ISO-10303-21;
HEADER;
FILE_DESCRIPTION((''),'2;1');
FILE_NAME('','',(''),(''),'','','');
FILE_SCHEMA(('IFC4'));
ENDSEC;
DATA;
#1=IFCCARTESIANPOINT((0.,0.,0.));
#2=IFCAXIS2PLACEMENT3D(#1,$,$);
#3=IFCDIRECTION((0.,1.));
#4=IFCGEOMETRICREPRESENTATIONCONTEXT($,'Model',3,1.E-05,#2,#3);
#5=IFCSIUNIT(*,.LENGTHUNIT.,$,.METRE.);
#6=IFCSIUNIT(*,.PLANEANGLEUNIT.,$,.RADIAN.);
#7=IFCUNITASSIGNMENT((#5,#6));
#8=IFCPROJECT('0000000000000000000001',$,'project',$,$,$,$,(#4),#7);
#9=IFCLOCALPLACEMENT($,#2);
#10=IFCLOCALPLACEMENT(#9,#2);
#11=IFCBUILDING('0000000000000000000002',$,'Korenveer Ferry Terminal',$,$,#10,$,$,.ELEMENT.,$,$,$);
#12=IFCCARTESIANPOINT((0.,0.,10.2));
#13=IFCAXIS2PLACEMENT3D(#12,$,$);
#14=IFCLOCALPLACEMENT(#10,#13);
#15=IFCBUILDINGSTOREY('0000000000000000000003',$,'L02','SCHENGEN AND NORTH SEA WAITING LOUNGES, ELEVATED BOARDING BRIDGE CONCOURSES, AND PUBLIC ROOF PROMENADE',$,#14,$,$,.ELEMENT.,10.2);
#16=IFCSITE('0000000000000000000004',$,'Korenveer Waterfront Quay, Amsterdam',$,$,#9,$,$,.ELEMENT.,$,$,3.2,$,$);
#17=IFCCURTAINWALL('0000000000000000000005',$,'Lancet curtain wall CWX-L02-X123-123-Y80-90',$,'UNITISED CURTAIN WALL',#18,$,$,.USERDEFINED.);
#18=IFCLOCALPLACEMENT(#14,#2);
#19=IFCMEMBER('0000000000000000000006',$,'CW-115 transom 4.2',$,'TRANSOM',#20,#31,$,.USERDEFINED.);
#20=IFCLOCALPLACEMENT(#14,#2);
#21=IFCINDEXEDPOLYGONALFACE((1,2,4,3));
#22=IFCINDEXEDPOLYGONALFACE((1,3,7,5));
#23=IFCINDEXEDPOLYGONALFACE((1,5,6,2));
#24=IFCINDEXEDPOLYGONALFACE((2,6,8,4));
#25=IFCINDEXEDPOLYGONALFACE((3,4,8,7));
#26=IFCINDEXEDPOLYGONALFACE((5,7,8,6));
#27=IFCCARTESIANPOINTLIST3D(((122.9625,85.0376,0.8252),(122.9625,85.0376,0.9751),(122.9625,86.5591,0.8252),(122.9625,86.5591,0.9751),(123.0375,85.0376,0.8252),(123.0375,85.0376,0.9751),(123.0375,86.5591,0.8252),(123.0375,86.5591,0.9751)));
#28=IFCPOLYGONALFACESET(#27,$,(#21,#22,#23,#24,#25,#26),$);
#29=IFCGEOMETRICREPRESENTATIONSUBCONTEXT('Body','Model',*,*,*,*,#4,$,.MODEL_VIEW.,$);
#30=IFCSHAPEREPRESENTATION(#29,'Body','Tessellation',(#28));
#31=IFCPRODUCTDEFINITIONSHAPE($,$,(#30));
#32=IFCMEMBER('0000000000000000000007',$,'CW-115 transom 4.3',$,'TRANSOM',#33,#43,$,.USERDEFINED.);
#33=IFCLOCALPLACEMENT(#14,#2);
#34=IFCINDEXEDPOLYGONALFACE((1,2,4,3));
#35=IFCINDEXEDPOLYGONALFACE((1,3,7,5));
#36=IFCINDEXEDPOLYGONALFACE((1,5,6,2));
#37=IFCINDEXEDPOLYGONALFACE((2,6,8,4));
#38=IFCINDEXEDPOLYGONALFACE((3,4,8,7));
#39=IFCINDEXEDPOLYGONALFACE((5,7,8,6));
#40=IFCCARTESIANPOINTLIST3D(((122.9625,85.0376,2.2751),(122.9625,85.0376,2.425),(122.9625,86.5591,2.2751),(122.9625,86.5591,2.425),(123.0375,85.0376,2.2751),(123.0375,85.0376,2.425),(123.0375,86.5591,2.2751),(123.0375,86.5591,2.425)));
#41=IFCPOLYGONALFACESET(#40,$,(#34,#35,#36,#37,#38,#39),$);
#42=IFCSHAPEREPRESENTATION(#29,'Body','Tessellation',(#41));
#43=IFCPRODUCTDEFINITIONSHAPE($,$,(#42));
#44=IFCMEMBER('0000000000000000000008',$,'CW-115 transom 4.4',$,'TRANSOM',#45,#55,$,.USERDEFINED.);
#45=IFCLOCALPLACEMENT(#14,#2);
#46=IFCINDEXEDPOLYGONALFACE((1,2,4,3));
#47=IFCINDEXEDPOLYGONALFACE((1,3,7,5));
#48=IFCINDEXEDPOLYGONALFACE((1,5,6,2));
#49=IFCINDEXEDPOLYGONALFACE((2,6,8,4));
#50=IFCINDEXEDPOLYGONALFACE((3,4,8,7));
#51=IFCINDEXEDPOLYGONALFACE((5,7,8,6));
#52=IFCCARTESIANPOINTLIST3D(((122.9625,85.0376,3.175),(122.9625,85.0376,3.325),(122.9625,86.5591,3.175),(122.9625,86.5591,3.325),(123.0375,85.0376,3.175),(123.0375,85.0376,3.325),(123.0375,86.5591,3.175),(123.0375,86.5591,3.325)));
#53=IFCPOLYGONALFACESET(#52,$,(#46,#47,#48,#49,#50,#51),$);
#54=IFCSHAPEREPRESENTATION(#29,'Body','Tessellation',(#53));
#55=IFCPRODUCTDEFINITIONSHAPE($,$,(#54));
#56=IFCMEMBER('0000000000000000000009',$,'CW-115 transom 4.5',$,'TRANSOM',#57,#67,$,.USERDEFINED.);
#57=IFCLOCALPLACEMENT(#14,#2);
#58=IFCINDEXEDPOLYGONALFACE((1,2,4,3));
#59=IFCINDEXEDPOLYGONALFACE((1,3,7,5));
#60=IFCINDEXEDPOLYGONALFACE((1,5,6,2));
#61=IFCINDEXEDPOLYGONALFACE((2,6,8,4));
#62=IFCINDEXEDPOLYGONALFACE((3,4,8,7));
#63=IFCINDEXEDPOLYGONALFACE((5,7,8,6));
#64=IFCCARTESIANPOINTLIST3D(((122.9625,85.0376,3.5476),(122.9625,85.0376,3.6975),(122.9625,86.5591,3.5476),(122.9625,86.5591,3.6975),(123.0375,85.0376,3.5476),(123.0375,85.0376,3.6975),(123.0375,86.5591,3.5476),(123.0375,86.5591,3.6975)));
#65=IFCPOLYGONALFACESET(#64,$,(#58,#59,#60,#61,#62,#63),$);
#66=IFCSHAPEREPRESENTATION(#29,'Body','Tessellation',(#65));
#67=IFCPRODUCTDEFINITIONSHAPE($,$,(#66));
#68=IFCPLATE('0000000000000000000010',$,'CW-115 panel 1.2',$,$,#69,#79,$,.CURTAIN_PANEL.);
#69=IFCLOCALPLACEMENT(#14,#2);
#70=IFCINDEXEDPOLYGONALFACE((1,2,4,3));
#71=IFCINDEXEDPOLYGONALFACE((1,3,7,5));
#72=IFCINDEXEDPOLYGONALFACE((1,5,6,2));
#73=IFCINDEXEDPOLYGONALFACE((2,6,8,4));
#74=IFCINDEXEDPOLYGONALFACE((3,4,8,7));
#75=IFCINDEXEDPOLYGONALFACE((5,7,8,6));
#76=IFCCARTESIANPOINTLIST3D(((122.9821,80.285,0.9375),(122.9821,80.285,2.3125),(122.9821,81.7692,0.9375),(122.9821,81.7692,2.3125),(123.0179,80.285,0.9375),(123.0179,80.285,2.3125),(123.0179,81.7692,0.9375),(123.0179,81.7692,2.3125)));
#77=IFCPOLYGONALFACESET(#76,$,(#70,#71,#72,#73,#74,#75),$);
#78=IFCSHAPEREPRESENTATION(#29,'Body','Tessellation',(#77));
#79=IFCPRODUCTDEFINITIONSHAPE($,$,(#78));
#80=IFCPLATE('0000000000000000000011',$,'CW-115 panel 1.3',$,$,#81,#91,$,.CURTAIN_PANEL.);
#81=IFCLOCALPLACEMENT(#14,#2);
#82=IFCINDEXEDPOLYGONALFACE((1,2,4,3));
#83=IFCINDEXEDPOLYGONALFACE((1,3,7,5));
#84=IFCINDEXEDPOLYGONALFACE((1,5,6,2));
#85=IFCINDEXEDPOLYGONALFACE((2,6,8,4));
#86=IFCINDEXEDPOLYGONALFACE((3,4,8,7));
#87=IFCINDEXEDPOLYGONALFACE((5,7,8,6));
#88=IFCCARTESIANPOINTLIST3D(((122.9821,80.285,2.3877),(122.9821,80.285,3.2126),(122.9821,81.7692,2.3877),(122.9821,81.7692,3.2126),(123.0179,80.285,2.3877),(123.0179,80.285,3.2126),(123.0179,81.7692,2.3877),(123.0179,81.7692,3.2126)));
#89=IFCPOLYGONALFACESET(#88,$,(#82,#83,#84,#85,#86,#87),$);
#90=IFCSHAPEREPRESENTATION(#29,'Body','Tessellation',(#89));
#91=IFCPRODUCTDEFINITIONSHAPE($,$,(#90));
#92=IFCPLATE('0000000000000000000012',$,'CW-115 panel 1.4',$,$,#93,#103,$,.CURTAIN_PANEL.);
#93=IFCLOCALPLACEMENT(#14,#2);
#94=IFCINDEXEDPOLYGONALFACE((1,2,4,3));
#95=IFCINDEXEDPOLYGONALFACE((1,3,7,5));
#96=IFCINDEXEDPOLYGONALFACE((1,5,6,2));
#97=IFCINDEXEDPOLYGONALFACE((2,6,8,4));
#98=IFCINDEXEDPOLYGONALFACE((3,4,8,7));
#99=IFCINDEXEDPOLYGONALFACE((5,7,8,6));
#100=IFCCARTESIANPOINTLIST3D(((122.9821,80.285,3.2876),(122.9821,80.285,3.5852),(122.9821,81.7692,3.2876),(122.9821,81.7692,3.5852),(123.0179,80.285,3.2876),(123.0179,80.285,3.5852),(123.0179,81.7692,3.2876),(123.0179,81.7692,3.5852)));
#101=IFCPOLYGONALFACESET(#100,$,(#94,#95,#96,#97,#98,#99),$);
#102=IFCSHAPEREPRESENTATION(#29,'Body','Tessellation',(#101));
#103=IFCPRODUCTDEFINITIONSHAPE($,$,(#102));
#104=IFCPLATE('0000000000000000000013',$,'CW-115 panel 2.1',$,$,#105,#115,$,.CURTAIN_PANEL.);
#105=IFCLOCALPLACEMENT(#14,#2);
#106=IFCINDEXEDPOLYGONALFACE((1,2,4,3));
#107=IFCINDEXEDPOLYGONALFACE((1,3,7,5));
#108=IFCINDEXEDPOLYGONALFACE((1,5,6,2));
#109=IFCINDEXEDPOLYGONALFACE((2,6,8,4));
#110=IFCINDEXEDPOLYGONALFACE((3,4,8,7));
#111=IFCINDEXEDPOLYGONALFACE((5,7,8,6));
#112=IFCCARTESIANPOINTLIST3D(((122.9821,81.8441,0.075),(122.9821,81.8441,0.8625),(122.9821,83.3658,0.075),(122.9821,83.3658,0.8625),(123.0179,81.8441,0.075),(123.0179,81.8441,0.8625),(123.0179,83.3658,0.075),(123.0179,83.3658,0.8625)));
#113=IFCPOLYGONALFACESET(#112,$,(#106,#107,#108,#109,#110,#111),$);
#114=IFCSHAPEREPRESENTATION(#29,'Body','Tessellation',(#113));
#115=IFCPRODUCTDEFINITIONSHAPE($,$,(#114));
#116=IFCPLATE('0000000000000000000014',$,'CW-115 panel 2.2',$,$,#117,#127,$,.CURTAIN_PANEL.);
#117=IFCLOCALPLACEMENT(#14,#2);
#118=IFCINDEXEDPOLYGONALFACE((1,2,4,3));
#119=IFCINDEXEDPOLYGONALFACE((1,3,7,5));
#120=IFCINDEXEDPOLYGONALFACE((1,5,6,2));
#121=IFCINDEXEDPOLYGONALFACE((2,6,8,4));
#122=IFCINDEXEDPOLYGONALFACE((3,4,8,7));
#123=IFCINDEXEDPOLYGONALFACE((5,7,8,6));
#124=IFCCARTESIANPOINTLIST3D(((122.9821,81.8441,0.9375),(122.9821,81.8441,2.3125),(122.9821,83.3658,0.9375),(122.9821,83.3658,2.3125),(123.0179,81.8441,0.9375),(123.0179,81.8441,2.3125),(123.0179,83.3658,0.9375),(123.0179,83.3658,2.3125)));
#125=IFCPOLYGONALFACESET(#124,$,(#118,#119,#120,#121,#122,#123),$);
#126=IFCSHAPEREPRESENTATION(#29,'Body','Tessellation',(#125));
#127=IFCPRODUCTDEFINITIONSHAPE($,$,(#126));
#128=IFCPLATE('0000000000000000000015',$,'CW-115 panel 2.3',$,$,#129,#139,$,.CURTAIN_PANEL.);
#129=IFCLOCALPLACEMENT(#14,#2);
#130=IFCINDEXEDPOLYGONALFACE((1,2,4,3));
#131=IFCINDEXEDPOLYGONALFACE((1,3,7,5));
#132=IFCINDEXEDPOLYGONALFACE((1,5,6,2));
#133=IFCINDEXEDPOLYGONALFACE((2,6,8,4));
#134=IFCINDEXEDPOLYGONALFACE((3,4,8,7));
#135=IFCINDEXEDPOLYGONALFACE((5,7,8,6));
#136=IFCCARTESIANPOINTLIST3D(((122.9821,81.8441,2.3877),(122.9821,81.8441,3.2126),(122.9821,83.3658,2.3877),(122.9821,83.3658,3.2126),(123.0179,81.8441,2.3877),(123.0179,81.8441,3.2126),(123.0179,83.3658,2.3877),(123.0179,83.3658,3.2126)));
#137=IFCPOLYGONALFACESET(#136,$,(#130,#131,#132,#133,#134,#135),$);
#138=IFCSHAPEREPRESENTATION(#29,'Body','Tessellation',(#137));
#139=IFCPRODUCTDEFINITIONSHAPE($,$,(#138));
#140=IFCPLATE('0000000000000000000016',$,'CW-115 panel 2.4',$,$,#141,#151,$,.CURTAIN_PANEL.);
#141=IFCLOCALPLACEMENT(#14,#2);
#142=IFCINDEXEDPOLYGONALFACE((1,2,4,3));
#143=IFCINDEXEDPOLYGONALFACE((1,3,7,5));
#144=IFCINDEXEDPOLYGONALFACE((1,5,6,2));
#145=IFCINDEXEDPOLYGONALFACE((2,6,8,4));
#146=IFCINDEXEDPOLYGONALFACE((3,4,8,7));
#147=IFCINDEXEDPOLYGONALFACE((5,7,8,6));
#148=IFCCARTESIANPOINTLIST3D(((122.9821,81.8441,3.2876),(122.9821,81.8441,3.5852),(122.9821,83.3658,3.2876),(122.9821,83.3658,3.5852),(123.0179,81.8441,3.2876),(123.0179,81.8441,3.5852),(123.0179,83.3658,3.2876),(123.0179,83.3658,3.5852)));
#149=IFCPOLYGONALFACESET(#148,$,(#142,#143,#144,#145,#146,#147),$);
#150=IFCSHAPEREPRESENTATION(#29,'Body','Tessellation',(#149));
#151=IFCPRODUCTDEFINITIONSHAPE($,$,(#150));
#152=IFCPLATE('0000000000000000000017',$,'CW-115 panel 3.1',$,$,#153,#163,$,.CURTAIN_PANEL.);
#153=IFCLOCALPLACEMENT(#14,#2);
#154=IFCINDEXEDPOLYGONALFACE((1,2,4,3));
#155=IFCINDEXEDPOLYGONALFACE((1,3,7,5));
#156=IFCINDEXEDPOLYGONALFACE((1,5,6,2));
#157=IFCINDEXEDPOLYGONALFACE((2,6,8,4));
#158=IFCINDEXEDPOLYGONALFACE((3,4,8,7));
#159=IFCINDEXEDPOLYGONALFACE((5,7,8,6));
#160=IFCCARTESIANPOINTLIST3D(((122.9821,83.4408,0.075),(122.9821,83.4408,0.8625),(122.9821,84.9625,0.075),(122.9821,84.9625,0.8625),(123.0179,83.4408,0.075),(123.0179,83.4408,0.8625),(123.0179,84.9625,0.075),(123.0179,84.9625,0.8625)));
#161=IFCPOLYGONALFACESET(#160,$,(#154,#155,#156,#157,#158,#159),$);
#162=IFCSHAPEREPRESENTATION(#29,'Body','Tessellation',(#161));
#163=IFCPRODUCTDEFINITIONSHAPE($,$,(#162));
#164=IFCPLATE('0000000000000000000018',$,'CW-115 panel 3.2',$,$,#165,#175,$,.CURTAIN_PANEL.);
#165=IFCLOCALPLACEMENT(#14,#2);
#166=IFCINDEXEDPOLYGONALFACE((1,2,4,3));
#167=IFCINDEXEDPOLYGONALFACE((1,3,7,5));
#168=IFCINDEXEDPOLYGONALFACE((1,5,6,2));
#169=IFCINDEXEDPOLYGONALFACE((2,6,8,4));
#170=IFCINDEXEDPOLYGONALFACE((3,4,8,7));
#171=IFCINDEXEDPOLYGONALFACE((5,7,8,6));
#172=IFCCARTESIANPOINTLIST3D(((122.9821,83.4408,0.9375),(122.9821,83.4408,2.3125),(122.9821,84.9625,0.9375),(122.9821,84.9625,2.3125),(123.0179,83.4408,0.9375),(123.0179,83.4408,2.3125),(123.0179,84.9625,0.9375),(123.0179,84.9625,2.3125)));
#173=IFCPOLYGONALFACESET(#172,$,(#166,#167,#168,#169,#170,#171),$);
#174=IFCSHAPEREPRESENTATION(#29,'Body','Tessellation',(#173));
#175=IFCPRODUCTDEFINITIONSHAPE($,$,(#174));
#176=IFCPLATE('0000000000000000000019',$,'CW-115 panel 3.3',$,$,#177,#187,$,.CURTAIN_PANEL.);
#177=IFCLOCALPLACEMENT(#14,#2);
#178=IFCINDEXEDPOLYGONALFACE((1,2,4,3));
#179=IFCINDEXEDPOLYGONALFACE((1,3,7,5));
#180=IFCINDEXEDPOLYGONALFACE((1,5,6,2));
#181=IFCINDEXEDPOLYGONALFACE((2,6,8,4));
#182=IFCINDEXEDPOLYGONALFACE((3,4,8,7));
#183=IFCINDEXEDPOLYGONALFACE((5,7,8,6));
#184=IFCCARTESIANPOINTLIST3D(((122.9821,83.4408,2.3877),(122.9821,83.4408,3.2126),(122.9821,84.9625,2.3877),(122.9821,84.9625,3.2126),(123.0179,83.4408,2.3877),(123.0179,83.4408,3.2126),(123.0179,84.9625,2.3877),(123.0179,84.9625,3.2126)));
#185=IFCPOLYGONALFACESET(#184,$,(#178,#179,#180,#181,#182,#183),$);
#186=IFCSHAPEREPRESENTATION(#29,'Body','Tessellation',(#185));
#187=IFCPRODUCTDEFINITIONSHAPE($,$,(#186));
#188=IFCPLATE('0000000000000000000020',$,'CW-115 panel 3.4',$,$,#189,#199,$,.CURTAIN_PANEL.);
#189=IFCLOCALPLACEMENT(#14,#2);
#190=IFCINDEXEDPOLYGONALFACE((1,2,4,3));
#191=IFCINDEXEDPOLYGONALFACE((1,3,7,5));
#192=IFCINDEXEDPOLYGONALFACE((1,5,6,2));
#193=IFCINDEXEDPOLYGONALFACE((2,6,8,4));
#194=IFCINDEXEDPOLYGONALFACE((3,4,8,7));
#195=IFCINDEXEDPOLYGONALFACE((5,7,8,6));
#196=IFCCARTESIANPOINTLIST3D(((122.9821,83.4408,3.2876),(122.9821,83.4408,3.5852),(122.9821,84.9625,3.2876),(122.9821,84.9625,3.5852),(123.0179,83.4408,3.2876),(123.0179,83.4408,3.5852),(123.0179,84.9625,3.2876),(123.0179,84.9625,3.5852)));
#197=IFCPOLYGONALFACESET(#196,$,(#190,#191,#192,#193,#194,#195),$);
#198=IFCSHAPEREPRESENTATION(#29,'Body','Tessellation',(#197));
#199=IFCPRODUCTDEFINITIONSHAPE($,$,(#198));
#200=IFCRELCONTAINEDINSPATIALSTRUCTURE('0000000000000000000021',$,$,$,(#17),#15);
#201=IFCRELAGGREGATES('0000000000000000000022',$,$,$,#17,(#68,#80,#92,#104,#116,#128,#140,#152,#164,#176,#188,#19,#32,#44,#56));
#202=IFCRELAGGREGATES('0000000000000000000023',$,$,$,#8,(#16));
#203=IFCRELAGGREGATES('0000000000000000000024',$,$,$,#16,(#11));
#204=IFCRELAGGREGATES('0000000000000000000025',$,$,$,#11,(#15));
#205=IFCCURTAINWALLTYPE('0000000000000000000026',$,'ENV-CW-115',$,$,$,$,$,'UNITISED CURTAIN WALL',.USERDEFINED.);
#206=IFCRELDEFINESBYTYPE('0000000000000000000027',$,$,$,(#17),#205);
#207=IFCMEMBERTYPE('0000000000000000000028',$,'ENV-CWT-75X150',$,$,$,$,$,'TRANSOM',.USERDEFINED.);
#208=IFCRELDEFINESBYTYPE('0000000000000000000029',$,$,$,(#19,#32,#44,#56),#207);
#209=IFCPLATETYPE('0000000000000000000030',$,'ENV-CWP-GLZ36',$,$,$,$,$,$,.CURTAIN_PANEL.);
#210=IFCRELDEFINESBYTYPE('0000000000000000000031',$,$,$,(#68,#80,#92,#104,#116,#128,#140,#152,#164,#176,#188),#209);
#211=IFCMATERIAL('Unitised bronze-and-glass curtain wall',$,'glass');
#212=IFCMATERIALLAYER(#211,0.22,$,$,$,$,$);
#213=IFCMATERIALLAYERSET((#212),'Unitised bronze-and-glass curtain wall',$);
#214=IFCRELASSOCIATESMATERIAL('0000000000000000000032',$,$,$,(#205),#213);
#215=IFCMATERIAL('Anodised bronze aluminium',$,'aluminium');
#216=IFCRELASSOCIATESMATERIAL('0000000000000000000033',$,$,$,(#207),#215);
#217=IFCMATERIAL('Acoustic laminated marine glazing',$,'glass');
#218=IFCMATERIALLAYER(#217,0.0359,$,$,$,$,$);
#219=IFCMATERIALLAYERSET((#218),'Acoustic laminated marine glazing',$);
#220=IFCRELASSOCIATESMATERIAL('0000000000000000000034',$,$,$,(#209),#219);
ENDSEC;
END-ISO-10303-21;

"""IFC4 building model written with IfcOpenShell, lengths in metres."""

from ifc_helpers import new_model, si_unit, direction, frame, origin, origin_2d, place, context, subcontext, project, spatial, rectangle, extrude, material, layer, layer_set, material_profile, profile_set, type_object, element, aggregate, save


model = new_model("IFC4")

# Units and contexts
model_context = context("Model", 3, precision=1e-05, world=origin(), true_north=direction((0.0, 1.0)))
body_context = subcontext(model_context, "Body", "Model", "MODEL_VIEW")
ifc_project = project(units=[si_unit("LENGTHUNIT", "METRE"), si_unit("PLANEANGLEUNIT", "RADIAN")], contexts=[model_context])

# Site, building, storey
site_placement = place(None, origin())
site = spatial("IfcSite", under=ifc_project, at=site_placement, Name="Korenveer Waterfront Quay, Amsterdam", CompositionType="ELEMENT", RefElevation=3.2)
building_placement = place(site_placement, origin())
building = spatial("IfcBuilding", under=site, at=building_placement, Name="Korenveer Ferry Terminal", CompositionType="ELEMENT")
storey_placement = place(building_placement, frame((0.0, 0.0, 10.2)))
storey = spatial("IfcBuildingStorey", under=building, at=storey_placement, Name="L02", Description="SCHENGEN AND NORTH SEA WAITING LOUNGES, ELEVATED BOARDING BRIDGE CONCOURSES, AND PUBLIC ROOF PROMENADE", CompositionType="ELEMENT", Elevation=10.2)

# Curtain wall, members, plates
ifc_material_1 = material(Name="Unitised bronze-and-glass curtain wall", Category="glass")
ifc_layer_1 = layer(ifc_material_1, 0.22)
ifc_layer_set_1 = layer_set([ifc_layer_1], Name="Unitised bronze-and-glass curtain wall")
curtain_wall_type = type_object("IfcCurtainWallType", Name="ENV-CW-115", ElementType="UNITISED CURTAIN WALL", PredefinedType="USERDEFINED", material=ifc_layer_set_1)
curtain_wall_placement = place(storey_placement, frame((123.0, 80.21, 0.0)))
curtain_wall = element("IfcCurtainWall", 1, at=curtain_wall_placement, inside=storey, type_object=curtain_wall_type, Name="Lancet curtain wall CWX-L02-X123-123-Y80-90", ObjectType="UNITISED CURTAIN WALL", PredefinedType="USERDEFINED")
ifc_material_2 = material(Name="Anodised bronze aluminium", Category="aluminium")
ifc_material_profile_1 = material_profile(ifc_material_2, rectangle(XDim=0.075, YDim=0.1499, at=origin_2d()), Name="ALU 75x150")
ifc_profile_set_1 = profile_set([ifc_material_profile_1], Name="Anodised bronze aluminium")
member_type_1 = type_object("IfcMemberType", Name="ENV-CWT-75X150", ElementType="TRANSOM", PredefinedType="USERDEFINED", material=ifc_profile_set_1)
member_1_placement = place(storey_placement, frame((123.0, 85.0376, 0.9001), z_axis=(0.0, 1.0, 0.0), x_axis=(-1.0, 0.0, 0.0)))
member_1 = element("IfcMember", 2, at=member_1_placement, type_object=member_type_1, Name="CW-115 transom 4.2", ObjectType="TRANSOM", PredefinedType="USERDEFINED", context=body_context, shape_type="SweptSolid", body=[
    extrude(rectangle(XDim=0.075, YDim=0.1499, at=origin_2d()), origin(), (0.0, 0.0, 1.0), 1.5215),
])
member_2_placement = place(storey_placement, frame((123.0, 85.0376, 2.3501), z_axis=(0.0, 1.0, 0.0), x_axis=(-1.0, 0.0, 0.0)))
member_2 = element("IfcMember", 3, at=member_2_placement, type_object=member_type_1, Name="CW-115 transom 4.3", ObjectType="TRANSOM", PredefinedType="USERDEFINED", context=body_context, shape_type="SweptSolid", body=[
    extrude(rectangle(XDim=0.075, YDim=0.1499, at=origin_2d()), origin(), (0.0, 0.0, 1.0), 1.5215),
])
member_3_placement = place(storey_placement, frame((123.0, 85.0376, 3.25), z_axis=(0.0, 1.0, 0.0), x_axis=(-1.0, 0.0, 0.0)))
member_3 = element("IfcMember", 4, at=member_3_placement, type_object=member_type_1, Name="CW-115 transom 4.4", ObjectType="TRANSOM", PredefinedType="USERDEFINED", context=body_context, shape_type="SweptSolid", body=[
    extrude(rectangle(XDim=0.075, YDim=0.1499, at=origin_2d()), origin(), (0.0, 0.0, 1.0), 1.5215),
])
member_4_placement = place(storey_placement, frame((123.0, 85.0376, 3.6226), z_axis=(0.0, 1.0, 0.0), x_axis=(-1.0, 0.0, 0.0)))
member_4 = element("IfcMember", 5, at=member_4_placement, type_object=member_type_1, Name="CW-115 transom 4.5", ObjectType="TRANSOM", PredefinedType="USERDEFINED", context=body_context, shape_type="SweptSolid", body=[
    extrude(rectangle(XDim=0.075, YDim=0.1499, at=origin_2d()), origin(), (0.0, 0.0, 1.0), 1.5215),
])
ifc_material_3 = material(Name="Acoustic laminated marine glazing", Category="glass")
ifc_layer_2 = layer(ifc_material_3, 0.0359)
ifc_layer_set_2 = layer_set([ifc_layer_2], Name="Acoustic laminated marine glazing")
plate_type = type_object("IfcPlateType", Name="ENV-CWP-GLZ36", PredefinedType="CURTAIN_PANEL", material=ifc_layer_set_2)
plate_1_placement = place(storey_placement, frame((123.0, 81.0271, 0.9375), z_axis=(0.0, 0.0, 1.0), x_axis=(0.0, 1.0, 0.0)))
plate_1 = element("IfcPlate", 6, at=plate_1_placement, type_object=plate_type, Name="CW-115 panel 1.2", PredefinedType="CURTAIN_PANEL", context=body_context, shape_type="SweptSolid", body=[
    extrude(rectangle(XDim=1.4841, YDim=0.0359, at=origin_2d()), origin(), (0.0, 0.0, 1.0), 1.375),
])
plate_2_placement = place(storey_placement, frame((123.0, 81.0271, 2.3877), z_axis=(0.0, 0.0, 1.0), x_axis=(0.0, 1.0, 0.0)))
plate_2 = element("IfcPlate", 7, at=plate_2_placement, type_object=plate_type, Name="CW-115 panel 1.3", PredefinedType="CURTAIN_PANEL", context=body_context, shape_type="SweptSolid", body=[
    extrude(rectangle(XDim=1.4841, YDim=0.0359, at=origin_2d()), origin(), (0.0, 0.0, 1.0), 0.825),
])
plate_3_placement = place(storey_placement, frame((123.0, 81.0271, 3.2876), z_axis=(0.0, 0.0, 1.0), x_axis=(0.0, 1.0, 0.0)))
plate_3 = element("IfcPlate", 8, at=plate_3_placement, type_object=plate_type, Name="CW-115 panel 1.4", PredefinedType="CURTAIN_PANEL", context=body_context, shape_type="SweptSolid", body=[
    extrude(rectangle(XDim=1.4841, YDim=0.0359, at=origin_2d()), origin(), (0.0, 0.0, 1.0), 0.2976),
])
plate_4_placement = place(storey_placement, frame((123.0, 82.605, 0.075), z_axis=(0.0, 0.0, 1.0), x_axis=(0.0, 1.0, 0.0)))
plate_4 = element("IfcPlate", 9, at=plate_4_placement, type_object=plate_type, Name="CW-115 panel 2.1", PredefinedType="CURTAIN_PANEL", context=body_context, shape_type="SweptSolid", body=[
    extrude(rectangle(XDim=1.5217, YDim=0.0359, at=origin_2d()), origin(), (0.0, 0.0, 1.0), 0.7876),
])
plate_5_placement = place(storey_placement, frame((123.0, 82.605, 0.9375), z_axis=(0.0, 0.0, 1.0), x_axis=(0.0, 1.0, 0.0)))
plate_5 = element("IfcPlate", 10, at=plate_5_placement, type_object=plate_type, Name="CW-115 panel 2.2", PredefinedType="CURTAIN_PANEL", context=body_context, shape_type="SweptSolid", body=[
    extrude(rectangle(XDim=1.5217, YDim=0.0359, at=origin_2d()), origin(), (0.0, 0.0, 1.0), 1.375),
])
plate_6_placement = place(storey_placement, frame((123.0, 82.605, 2.3877), z_axis=(0.0, 0.0, 1.0), x_axis=(0.0, 1.0, 0.0)))
plate_6 = element("IfcPlate", 11, at=plate_6_placement, type_object=plate_type, Name="CW-115 panel 2.3", PredefinedType="CURTAIN_PANEL", context=body_context, shape_type="SweptSolid", body=[
    extrude(rectangle(XDim=1.5217, YDim=0.0359, at=origin_2d()), origin(), (0.0, 0.0, 1.0), 0.825),
])
plate_7_placement = place(storey_placement, frame((123.0, 82.605, 3.2876), z_axis=(0.0, 0.0, 1.0), x_axis=(0.0, 1.0, 0.0)))
plate_7 = element("IfcPlate", 12, at=plate_7_placement, type_object=plate_type, Name="CW-115 panel 2.4", PredefinedType="CURTAIN_PANEL", context=body_context, shape_type="SweptSolid", body=[
    extrude(rectangle(XDim=1.5217, YDim=0.0359, at=origin_2d()), origin(), (0.0, 0.0, 1.0), 0.2976),
])
plate_8_placement = place(storey_placement, frame((123.0, 84.2017, 0.075), z_axis=(0.0, 0.0, 1.0), x_axis=(0.0, 1.0, 0.0)))
plate_8 = element("IfcPlate", 13, at=plate_8_placement, type_object=plate_type, Name="CW-115 panel 3.1", PredefinedType="CURTAIN_PANEL", context=body_context, shape_type="SweptSolid", body=[
    extrude(rectangle(XDim=1.5217, YDim=0.0359, at=origin_2d()), origin(), (0.0, 0.0, 1.0), 0.7876),
])
plate_9_placement = place(storey_placement, frame((123.0, 84.2017, 0.9375), z_axis=(0.0, 0.0, 1.0), x_axis=(0.0, 1.0, 0.0)))
plate_9 = element("IfcPlate", 14, at=plate_9_placement, type_object=plate_type, Name="CW-115 panel 3.2", PredefinedType="CURTAIN_PANEL", context=body_context, shape_type="SweptSolid", body=[
    extrude(rectangle(XDim=1.5217, YDim=0.0359, at=origin_2d()), origin(), (0.0, 0.0, 1.0), 1.375),
])
plate_10_placement = place(storey_placement, frame((123.0, 84.2017, 2.3877), z_axis=(0.0, 0.0, 1.0), x_axis=(0.0, 1.0, 0.0)))
plate_10 = element("IfcPlate", 15, at=plate_10_placement, type_object=plate_type, Name="CW-115 panel 3.3", PredefinedType="CURTAIN_PANEL", context=body_context, shape_type="SweptSolid", body=[
    extrude(rectangle(XDim=1.5217, YDim=0.0359, at=origin_2d()), origin(), (0.0, 0.0, 1.0), 0.825),
])
plate_11_placement = place(storey_placement, frame((123.0, 84.2017, 3.2876), z_axis=(0.0, 0.0, 1.0), x_axis=(0.0, 1.0, 0.0)))
plate_11 = element("IfcPlate", 16, at=plate_11_placement, type_object=plate_type, Name="CW-115 panel 3.4", PredefinedType="CURTAIN_PANEL", context=body_context, shape_type="SweptSolid", body=[
    extrude(rectangle(XDim=1.5217, YDim=0.0359, at=origin_2d()), origin(), (0.0, 0.0, 1.0), 0.2976),
])
aggregate(curtain_wall, [plate_1, plate_2, plate_3, plate_4, plate_5, plate_6, plate_7, plate_8, plate_9, plate_10, plate_11, member_1, member_2, member_3, member_4])

save(model, "model.ifc")
